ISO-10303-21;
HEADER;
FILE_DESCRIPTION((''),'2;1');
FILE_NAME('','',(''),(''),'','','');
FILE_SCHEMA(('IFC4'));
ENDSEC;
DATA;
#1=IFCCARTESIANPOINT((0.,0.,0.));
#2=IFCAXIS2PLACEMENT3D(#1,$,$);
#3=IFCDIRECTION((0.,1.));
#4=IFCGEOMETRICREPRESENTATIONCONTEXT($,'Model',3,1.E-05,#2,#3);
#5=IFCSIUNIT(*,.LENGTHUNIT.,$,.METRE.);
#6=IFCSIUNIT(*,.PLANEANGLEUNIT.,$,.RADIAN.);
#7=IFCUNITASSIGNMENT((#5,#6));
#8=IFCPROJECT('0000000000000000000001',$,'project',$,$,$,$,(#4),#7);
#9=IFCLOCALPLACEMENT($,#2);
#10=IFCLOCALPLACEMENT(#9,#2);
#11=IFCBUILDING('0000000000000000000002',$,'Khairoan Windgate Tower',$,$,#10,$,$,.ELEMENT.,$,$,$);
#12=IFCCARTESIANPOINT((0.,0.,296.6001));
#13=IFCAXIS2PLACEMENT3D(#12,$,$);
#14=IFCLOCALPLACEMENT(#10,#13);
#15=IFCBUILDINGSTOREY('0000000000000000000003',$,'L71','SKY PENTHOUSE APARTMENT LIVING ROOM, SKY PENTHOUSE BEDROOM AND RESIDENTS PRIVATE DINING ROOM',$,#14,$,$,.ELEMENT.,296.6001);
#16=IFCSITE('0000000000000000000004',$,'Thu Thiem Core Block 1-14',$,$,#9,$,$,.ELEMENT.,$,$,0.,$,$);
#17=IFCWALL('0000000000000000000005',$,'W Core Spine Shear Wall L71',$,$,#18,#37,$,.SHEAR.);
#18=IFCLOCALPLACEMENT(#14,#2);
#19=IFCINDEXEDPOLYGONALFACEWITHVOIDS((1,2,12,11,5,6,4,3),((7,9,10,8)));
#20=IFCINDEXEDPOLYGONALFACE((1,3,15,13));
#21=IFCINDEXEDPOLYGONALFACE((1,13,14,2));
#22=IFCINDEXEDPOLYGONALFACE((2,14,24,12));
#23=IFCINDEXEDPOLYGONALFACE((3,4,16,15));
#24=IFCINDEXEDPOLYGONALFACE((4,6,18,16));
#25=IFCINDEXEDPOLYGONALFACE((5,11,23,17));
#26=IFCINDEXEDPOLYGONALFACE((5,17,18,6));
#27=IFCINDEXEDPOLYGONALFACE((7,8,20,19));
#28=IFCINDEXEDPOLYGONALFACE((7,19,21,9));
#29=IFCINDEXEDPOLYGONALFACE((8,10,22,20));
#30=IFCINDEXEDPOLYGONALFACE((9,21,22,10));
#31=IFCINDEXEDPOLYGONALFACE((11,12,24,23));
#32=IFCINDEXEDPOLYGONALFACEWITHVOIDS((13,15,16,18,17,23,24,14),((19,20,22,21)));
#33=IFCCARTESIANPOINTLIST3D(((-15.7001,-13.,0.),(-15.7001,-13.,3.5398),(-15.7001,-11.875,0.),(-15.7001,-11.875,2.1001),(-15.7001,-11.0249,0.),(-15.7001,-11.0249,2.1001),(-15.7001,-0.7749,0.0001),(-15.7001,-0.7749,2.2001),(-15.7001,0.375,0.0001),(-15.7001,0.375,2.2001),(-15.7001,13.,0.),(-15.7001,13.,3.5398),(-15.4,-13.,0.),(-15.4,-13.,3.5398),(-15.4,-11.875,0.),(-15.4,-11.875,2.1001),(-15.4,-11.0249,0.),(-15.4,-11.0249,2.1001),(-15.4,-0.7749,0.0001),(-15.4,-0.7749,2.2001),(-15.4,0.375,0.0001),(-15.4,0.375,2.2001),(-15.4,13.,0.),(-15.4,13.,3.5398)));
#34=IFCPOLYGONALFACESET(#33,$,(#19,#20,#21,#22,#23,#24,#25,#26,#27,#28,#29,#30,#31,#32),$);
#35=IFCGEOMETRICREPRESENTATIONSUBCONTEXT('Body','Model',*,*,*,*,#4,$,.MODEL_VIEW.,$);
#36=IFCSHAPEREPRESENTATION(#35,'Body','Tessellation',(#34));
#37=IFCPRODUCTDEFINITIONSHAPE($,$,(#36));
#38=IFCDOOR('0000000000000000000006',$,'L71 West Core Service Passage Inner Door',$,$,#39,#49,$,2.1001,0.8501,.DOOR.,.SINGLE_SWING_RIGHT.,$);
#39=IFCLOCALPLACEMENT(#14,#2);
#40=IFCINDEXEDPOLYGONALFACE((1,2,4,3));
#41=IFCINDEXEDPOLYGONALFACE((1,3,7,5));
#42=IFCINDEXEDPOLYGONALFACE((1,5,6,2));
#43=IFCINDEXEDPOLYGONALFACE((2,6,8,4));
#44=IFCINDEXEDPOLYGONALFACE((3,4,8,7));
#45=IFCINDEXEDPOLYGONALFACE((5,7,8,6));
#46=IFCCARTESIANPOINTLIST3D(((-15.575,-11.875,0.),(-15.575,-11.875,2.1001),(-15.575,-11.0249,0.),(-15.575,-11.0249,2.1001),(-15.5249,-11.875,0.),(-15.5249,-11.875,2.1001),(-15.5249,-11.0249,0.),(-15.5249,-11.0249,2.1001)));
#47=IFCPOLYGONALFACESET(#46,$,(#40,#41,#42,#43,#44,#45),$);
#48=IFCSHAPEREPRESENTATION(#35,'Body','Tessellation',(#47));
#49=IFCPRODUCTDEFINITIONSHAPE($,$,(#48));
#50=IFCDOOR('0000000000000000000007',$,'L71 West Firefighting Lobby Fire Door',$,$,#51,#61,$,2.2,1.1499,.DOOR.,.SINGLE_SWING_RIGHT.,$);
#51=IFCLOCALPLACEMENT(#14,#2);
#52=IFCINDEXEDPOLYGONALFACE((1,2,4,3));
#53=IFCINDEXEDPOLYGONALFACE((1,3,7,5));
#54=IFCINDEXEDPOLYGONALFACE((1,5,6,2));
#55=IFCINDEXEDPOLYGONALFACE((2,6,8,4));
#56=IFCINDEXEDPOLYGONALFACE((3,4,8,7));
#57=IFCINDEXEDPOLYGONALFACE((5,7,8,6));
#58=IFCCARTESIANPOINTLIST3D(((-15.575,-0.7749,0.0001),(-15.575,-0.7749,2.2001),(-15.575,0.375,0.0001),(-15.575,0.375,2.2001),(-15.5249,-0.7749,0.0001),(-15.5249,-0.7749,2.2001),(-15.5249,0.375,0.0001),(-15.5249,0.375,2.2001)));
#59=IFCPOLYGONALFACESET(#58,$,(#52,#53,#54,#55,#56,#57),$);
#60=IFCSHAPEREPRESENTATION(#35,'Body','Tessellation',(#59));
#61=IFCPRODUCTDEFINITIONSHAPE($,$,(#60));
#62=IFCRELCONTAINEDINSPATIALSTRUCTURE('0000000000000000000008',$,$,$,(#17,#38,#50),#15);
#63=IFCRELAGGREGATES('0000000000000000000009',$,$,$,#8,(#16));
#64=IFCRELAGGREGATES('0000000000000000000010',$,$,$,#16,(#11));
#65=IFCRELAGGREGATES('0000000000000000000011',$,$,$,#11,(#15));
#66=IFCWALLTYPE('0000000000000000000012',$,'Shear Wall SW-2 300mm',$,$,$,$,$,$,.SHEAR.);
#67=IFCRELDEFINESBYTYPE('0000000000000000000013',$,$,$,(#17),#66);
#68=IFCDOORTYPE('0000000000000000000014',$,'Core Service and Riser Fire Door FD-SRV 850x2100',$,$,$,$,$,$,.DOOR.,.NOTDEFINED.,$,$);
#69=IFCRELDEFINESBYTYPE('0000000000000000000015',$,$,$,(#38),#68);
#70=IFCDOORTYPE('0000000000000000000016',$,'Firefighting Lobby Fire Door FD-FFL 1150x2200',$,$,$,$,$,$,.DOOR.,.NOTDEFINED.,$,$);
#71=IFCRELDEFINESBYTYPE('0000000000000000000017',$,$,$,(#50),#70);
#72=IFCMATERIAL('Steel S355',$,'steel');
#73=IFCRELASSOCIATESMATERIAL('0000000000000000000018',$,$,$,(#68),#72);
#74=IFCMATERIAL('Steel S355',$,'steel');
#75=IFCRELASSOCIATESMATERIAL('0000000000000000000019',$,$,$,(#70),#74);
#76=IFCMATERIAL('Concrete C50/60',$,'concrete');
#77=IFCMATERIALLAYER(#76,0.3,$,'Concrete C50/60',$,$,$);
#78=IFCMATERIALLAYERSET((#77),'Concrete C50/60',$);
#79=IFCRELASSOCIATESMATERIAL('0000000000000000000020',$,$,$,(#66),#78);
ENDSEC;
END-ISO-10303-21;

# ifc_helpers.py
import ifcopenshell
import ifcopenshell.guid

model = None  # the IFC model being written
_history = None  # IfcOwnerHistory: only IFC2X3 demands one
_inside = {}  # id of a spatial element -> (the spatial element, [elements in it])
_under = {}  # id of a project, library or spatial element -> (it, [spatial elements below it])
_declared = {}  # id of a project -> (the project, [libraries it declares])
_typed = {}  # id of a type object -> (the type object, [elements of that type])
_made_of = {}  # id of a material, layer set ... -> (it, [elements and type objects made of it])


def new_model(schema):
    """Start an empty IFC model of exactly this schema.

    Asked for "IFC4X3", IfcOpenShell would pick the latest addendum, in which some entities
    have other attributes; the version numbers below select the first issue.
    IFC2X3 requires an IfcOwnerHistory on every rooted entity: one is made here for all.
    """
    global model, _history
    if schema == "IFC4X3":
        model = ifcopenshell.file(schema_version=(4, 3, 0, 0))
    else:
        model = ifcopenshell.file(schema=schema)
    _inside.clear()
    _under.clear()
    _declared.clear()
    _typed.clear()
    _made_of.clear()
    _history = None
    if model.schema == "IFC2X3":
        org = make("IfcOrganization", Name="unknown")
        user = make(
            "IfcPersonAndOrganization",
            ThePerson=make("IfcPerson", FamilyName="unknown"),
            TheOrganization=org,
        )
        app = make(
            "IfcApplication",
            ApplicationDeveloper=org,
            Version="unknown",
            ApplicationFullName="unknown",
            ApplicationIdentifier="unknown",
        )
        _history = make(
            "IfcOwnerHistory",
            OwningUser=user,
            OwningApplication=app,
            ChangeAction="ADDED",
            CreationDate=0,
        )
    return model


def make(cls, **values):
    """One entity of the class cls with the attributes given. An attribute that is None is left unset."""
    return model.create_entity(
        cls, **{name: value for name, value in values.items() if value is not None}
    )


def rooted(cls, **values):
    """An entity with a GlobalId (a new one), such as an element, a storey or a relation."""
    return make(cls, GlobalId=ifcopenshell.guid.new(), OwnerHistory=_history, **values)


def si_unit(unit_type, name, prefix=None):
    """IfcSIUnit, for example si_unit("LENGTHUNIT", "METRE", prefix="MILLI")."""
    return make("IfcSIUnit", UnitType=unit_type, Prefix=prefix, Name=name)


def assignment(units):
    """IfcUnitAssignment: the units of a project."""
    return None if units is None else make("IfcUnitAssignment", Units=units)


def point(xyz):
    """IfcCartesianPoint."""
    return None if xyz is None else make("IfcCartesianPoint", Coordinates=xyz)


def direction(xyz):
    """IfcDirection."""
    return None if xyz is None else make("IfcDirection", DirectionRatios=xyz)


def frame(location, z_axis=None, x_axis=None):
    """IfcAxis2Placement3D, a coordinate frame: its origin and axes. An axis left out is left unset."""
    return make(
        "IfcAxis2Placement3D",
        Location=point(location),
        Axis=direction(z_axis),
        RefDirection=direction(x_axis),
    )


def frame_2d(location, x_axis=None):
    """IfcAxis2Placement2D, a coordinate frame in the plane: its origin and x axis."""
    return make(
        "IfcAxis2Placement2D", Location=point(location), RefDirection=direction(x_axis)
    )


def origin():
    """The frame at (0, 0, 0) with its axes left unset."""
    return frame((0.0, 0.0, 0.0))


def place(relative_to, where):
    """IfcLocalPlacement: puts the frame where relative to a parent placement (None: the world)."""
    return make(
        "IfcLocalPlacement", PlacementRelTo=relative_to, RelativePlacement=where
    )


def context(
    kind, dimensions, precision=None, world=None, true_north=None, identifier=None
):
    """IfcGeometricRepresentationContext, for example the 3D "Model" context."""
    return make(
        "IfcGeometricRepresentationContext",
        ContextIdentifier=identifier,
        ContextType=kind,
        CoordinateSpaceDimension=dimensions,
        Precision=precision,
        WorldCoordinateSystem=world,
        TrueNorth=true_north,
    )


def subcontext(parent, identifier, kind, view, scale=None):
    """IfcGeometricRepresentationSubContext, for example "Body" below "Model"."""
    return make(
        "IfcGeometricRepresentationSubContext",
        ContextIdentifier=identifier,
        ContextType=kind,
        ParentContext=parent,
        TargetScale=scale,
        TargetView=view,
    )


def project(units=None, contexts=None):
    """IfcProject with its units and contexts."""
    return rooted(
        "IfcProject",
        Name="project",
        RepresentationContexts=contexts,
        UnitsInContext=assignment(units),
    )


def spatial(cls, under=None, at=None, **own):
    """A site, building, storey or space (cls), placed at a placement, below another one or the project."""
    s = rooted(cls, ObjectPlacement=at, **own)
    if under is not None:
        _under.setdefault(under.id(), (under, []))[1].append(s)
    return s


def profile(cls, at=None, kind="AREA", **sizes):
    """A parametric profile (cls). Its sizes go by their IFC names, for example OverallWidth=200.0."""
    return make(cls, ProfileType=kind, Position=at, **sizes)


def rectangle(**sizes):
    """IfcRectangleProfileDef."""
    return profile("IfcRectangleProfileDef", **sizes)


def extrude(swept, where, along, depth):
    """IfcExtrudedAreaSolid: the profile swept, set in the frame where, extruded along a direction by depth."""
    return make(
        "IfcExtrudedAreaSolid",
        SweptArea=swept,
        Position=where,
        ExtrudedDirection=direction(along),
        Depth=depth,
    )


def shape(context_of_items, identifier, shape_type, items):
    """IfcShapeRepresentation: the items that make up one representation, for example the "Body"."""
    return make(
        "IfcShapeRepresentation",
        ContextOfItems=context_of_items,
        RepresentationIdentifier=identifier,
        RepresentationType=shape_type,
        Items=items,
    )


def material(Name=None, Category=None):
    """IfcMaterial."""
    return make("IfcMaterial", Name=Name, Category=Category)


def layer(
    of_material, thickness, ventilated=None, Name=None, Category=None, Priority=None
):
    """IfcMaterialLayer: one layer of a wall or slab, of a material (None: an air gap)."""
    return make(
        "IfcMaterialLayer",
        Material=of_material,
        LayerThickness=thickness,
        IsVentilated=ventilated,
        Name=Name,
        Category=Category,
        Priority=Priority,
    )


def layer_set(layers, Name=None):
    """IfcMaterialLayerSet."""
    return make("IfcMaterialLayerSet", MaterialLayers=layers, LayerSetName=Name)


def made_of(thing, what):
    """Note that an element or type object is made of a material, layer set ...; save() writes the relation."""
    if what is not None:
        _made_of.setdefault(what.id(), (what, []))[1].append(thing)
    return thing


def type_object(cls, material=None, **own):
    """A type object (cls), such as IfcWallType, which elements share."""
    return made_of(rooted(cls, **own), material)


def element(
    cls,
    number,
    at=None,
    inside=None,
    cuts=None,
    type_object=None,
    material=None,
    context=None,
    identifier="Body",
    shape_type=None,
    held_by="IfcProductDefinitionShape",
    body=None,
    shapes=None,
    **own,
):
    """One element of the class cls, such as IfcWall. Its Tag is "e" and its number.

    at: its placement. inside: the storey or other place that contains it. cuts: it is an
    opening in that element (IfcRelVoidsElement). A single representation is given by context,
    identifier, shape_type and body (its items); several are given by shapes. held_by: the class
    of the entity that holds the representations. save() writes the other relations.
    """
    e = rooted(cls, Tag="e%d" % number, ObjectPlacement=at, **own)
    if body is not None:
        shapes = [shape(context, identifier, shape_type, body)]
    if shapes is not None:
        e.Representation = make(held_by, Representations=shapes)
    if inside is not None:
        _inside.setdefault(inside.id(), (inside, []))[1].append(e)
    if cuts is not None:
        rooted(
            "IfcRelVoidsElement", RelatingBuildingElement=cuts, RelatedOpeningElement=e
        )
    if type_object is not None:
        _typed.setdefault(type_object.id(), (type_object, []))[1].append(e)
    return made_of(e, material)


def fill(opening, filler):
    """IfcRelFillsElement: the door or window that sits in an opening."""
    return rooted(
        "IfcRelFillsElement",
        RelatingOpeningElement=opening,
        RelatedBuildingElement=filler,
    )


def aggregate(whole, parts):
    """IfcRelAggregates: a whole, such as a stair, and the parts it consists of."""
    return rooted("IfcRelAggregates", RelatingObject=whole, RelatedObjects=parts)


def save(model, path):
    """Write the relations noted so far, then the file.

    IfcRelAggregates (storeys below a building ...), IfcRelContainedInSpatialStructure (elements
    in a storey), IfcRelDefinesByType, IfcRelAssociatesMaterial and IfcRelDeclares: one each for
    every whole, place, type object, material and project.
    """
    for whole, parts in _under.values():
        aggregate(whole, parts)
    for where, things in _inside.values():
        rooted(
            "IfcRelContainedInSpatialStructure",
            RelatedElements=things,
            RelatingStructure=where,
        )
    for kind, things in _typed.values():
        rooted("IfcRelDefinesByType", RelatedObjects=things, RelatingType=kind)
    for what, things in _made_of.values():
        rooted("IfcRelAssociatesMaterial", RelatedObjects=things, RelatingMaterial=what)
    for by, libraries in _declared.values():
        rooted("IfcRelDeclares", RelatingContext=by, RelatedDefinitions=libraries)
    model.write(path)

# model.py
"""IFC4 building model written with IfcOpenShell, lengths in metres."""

from ifc_helpers import new_model, si_unit, direction, frame, frame_2d, origin, place, context, subcontext, project, spatial, rectangle, extrude, material, layer, layer_set, type_object, element, fill, save


model = new_model("IFC4")

# Units and contexts
model_context = context("Model", 3, precision=1e-05, world=origin(), true_north=direction((0.0, 1.0)))
body_context = subcontext(model_context, "Body", "Model", "MODEL_VIEW")
ifc_project = project(units=[si_unit("LENGTHUNIT", "METRE"), si_unit("PLANEANGLEUNIT", "RADIAN")], contexts=[model_context])

# Site, building, storey
site_placement = place(None, origin())
site = spatial("IfcSite", under=ifc_project, at=site_placement, Name="Thu Thiem Core Block 1-14", CompositionType="ELEMENT", RefElevation=0.0)
building_placement = place(site_placement, origin())
building = spatial("IfcBuilding", under=site, at=building_placement, Name="Khairoan Windgate Tower", CompositionType="ELEMENT")
storey_placement = place(building_placement, frame((0.0, 0.0, 296.6001)))
storey = spatial("IfcBuildingStorey", under=building, at=storey_placement, Name="L71", Description="SKY PENTHOUSE APARTMENT LIVING ROOM, SKY PENTHOUSE BEDROOM AND RESIDENTS PRIVATE DINING ROOM", CompositionType="ELEMENT", Elevation=296.6001)

# Wall, openings, doors
ifc_material_1 = material(Name="Steel S355", Category="steel")
door_type_1 = type_object("IfcDoorType", Name="Core Service and Riser Fire Door FD-SRV 850x2100", OperationType="NOTDEFINED", PredefinedType="DOOR", material=ifc_material_1)
ifc_material_2 = material(Name="Steel S355", Category="steel")
door_type_2 = type_object("IfcDoorType", Name="Firefighting Lobby Fire Door FD-FFL 1150x2200", OperationType="NOTDEFINED", PredefinedType="DOOR", material=ifc_material_2)
ifc_material_3 = material(Name="Concrete C50/60", Category="concrete")
ifc_layer_1 = layer(ifc_material_3, 0.3, Name="Concrete C50/60")
ifc_layer_set_1 = layer_set([ifc_layer_1], Name="Concrete C50/60")
wall_type_1 = type_object("IfcWallType", Name="Shear Wall SW-2 300mm", PredefinedType="SHEAR", material=ifc_layer_set_1)
wall_1_placement = place(storey_placement, frame((-15.55, -13.0, 0.0), z_axis=(0.0, 0.0, 1.0), x_axis=(0.0, 1.0, 0.0)))
wall_1 = element("IfcWall", 1, at=wall_1_placement, inside=storey, type_object=wall_type_1, Name="W Core Spine Shear Wall L71", PredefinedType="SHEAR", context=body_context, shape_type="SweptSolid", body=[
    extrude(rectangle(XDim=26.0, YDim=0.3, at=frame_2d((13.0, 0.0))), origin(), (0.0, 0.0, 1.0), 3.5398),
])
opening_1_placement = place(wall_1_placement, frame((12.2251, 0.0, 0.0)))
opening_1 = element("IfcOpeningElement", 2, at=opening_1_placement, cuts=wall_1, PredefinedType="OPENING", context=body_context, shape_type="SweptSolid", body=[
    extrude(rectangle(XDim=1.1499, YDim=2.2, at=frame_2d((0.575, 1.1001))), frame((0.0, 0.1599, 0.0), z_axis=(0.0, -1.0, 0.0), x_axis=(1.0, 0.0, 0.0)), (0.0, 0.0, 1.0), 0.3201),
])
opening_2_placement = place(wall_1_placement, frame((1.125, 0.0, 0.0)))
opening_2 = element("IfcOpeningElement", 3, at=opening_2_placement, cuts=wall_1, PredefinedType="OPENING", context=body_context, shape_type="SweptSolid", body=[
    extrude(rectangle(XDim=0.8501, YDim=2.1001, at=frame_2d((0.425, 1.05))), frame((0.0, 0.1599, 0.0), z_axis=(0.0, -1.0, 0.0), x_axis=(1.0, 0.0, 0.0)), (0.0, 0.0, 1.0), 0.3201),
])
door_1_placement = place(opening_2_placement, origin())
door_1 = element("IfcDoor", 4, at=door_1_placement, inside=storey, type_object=door_type_1, Name="L71 West Core Service Passage Inner Door", OperationType="SINGLE_SWING_RIGHT", OverallHeight=2.1001, OverallWidth=0.8501, PredefinedType="DOOR", context=body_context, shape_type="SweptSolid", body=[
    extrude(rectangle(XDim=0.8501, YDim=2.1001, at=frame_2d((0.425, 1.05))), frame((0.0, 0.0249, 0.0), z_axis=(0.0, -1.0, 0.0), x_axis=(1.0, 0.0, 0.0)), (0.0, 0.0, 1.0), 0.05),
])
fill(opening_2, door_1)
door_2_placement = place(opening_1_placement, origin())
door_2 = element("IfcDoor", 5, at=door_2_placement, inside=storey, type_object=door_type_2, Name="L71 West Firefighting Lobby Fire Door", OperationType="SINGLE_SWING_RIGHT", OverallHeight=2.2, OverallWidth=1.1499, PredefinedType="DOOR", context=body_context, shape_type="SweptSolid", body=[
    extrude(rectangle(XDim=1.1499, YDim=2.2, at=frame_2d((0.575, 1.1001))), frame((0.0, 0.0249, 0.0), z_axis=(0.0, -1.0, 0.0), x_axis=(1.0, 0.0, 0.0)), (0.0, 0.0, 1.0), 0.05),
])
fill(opening_1, door_2)

save(model, "model.ifc")
